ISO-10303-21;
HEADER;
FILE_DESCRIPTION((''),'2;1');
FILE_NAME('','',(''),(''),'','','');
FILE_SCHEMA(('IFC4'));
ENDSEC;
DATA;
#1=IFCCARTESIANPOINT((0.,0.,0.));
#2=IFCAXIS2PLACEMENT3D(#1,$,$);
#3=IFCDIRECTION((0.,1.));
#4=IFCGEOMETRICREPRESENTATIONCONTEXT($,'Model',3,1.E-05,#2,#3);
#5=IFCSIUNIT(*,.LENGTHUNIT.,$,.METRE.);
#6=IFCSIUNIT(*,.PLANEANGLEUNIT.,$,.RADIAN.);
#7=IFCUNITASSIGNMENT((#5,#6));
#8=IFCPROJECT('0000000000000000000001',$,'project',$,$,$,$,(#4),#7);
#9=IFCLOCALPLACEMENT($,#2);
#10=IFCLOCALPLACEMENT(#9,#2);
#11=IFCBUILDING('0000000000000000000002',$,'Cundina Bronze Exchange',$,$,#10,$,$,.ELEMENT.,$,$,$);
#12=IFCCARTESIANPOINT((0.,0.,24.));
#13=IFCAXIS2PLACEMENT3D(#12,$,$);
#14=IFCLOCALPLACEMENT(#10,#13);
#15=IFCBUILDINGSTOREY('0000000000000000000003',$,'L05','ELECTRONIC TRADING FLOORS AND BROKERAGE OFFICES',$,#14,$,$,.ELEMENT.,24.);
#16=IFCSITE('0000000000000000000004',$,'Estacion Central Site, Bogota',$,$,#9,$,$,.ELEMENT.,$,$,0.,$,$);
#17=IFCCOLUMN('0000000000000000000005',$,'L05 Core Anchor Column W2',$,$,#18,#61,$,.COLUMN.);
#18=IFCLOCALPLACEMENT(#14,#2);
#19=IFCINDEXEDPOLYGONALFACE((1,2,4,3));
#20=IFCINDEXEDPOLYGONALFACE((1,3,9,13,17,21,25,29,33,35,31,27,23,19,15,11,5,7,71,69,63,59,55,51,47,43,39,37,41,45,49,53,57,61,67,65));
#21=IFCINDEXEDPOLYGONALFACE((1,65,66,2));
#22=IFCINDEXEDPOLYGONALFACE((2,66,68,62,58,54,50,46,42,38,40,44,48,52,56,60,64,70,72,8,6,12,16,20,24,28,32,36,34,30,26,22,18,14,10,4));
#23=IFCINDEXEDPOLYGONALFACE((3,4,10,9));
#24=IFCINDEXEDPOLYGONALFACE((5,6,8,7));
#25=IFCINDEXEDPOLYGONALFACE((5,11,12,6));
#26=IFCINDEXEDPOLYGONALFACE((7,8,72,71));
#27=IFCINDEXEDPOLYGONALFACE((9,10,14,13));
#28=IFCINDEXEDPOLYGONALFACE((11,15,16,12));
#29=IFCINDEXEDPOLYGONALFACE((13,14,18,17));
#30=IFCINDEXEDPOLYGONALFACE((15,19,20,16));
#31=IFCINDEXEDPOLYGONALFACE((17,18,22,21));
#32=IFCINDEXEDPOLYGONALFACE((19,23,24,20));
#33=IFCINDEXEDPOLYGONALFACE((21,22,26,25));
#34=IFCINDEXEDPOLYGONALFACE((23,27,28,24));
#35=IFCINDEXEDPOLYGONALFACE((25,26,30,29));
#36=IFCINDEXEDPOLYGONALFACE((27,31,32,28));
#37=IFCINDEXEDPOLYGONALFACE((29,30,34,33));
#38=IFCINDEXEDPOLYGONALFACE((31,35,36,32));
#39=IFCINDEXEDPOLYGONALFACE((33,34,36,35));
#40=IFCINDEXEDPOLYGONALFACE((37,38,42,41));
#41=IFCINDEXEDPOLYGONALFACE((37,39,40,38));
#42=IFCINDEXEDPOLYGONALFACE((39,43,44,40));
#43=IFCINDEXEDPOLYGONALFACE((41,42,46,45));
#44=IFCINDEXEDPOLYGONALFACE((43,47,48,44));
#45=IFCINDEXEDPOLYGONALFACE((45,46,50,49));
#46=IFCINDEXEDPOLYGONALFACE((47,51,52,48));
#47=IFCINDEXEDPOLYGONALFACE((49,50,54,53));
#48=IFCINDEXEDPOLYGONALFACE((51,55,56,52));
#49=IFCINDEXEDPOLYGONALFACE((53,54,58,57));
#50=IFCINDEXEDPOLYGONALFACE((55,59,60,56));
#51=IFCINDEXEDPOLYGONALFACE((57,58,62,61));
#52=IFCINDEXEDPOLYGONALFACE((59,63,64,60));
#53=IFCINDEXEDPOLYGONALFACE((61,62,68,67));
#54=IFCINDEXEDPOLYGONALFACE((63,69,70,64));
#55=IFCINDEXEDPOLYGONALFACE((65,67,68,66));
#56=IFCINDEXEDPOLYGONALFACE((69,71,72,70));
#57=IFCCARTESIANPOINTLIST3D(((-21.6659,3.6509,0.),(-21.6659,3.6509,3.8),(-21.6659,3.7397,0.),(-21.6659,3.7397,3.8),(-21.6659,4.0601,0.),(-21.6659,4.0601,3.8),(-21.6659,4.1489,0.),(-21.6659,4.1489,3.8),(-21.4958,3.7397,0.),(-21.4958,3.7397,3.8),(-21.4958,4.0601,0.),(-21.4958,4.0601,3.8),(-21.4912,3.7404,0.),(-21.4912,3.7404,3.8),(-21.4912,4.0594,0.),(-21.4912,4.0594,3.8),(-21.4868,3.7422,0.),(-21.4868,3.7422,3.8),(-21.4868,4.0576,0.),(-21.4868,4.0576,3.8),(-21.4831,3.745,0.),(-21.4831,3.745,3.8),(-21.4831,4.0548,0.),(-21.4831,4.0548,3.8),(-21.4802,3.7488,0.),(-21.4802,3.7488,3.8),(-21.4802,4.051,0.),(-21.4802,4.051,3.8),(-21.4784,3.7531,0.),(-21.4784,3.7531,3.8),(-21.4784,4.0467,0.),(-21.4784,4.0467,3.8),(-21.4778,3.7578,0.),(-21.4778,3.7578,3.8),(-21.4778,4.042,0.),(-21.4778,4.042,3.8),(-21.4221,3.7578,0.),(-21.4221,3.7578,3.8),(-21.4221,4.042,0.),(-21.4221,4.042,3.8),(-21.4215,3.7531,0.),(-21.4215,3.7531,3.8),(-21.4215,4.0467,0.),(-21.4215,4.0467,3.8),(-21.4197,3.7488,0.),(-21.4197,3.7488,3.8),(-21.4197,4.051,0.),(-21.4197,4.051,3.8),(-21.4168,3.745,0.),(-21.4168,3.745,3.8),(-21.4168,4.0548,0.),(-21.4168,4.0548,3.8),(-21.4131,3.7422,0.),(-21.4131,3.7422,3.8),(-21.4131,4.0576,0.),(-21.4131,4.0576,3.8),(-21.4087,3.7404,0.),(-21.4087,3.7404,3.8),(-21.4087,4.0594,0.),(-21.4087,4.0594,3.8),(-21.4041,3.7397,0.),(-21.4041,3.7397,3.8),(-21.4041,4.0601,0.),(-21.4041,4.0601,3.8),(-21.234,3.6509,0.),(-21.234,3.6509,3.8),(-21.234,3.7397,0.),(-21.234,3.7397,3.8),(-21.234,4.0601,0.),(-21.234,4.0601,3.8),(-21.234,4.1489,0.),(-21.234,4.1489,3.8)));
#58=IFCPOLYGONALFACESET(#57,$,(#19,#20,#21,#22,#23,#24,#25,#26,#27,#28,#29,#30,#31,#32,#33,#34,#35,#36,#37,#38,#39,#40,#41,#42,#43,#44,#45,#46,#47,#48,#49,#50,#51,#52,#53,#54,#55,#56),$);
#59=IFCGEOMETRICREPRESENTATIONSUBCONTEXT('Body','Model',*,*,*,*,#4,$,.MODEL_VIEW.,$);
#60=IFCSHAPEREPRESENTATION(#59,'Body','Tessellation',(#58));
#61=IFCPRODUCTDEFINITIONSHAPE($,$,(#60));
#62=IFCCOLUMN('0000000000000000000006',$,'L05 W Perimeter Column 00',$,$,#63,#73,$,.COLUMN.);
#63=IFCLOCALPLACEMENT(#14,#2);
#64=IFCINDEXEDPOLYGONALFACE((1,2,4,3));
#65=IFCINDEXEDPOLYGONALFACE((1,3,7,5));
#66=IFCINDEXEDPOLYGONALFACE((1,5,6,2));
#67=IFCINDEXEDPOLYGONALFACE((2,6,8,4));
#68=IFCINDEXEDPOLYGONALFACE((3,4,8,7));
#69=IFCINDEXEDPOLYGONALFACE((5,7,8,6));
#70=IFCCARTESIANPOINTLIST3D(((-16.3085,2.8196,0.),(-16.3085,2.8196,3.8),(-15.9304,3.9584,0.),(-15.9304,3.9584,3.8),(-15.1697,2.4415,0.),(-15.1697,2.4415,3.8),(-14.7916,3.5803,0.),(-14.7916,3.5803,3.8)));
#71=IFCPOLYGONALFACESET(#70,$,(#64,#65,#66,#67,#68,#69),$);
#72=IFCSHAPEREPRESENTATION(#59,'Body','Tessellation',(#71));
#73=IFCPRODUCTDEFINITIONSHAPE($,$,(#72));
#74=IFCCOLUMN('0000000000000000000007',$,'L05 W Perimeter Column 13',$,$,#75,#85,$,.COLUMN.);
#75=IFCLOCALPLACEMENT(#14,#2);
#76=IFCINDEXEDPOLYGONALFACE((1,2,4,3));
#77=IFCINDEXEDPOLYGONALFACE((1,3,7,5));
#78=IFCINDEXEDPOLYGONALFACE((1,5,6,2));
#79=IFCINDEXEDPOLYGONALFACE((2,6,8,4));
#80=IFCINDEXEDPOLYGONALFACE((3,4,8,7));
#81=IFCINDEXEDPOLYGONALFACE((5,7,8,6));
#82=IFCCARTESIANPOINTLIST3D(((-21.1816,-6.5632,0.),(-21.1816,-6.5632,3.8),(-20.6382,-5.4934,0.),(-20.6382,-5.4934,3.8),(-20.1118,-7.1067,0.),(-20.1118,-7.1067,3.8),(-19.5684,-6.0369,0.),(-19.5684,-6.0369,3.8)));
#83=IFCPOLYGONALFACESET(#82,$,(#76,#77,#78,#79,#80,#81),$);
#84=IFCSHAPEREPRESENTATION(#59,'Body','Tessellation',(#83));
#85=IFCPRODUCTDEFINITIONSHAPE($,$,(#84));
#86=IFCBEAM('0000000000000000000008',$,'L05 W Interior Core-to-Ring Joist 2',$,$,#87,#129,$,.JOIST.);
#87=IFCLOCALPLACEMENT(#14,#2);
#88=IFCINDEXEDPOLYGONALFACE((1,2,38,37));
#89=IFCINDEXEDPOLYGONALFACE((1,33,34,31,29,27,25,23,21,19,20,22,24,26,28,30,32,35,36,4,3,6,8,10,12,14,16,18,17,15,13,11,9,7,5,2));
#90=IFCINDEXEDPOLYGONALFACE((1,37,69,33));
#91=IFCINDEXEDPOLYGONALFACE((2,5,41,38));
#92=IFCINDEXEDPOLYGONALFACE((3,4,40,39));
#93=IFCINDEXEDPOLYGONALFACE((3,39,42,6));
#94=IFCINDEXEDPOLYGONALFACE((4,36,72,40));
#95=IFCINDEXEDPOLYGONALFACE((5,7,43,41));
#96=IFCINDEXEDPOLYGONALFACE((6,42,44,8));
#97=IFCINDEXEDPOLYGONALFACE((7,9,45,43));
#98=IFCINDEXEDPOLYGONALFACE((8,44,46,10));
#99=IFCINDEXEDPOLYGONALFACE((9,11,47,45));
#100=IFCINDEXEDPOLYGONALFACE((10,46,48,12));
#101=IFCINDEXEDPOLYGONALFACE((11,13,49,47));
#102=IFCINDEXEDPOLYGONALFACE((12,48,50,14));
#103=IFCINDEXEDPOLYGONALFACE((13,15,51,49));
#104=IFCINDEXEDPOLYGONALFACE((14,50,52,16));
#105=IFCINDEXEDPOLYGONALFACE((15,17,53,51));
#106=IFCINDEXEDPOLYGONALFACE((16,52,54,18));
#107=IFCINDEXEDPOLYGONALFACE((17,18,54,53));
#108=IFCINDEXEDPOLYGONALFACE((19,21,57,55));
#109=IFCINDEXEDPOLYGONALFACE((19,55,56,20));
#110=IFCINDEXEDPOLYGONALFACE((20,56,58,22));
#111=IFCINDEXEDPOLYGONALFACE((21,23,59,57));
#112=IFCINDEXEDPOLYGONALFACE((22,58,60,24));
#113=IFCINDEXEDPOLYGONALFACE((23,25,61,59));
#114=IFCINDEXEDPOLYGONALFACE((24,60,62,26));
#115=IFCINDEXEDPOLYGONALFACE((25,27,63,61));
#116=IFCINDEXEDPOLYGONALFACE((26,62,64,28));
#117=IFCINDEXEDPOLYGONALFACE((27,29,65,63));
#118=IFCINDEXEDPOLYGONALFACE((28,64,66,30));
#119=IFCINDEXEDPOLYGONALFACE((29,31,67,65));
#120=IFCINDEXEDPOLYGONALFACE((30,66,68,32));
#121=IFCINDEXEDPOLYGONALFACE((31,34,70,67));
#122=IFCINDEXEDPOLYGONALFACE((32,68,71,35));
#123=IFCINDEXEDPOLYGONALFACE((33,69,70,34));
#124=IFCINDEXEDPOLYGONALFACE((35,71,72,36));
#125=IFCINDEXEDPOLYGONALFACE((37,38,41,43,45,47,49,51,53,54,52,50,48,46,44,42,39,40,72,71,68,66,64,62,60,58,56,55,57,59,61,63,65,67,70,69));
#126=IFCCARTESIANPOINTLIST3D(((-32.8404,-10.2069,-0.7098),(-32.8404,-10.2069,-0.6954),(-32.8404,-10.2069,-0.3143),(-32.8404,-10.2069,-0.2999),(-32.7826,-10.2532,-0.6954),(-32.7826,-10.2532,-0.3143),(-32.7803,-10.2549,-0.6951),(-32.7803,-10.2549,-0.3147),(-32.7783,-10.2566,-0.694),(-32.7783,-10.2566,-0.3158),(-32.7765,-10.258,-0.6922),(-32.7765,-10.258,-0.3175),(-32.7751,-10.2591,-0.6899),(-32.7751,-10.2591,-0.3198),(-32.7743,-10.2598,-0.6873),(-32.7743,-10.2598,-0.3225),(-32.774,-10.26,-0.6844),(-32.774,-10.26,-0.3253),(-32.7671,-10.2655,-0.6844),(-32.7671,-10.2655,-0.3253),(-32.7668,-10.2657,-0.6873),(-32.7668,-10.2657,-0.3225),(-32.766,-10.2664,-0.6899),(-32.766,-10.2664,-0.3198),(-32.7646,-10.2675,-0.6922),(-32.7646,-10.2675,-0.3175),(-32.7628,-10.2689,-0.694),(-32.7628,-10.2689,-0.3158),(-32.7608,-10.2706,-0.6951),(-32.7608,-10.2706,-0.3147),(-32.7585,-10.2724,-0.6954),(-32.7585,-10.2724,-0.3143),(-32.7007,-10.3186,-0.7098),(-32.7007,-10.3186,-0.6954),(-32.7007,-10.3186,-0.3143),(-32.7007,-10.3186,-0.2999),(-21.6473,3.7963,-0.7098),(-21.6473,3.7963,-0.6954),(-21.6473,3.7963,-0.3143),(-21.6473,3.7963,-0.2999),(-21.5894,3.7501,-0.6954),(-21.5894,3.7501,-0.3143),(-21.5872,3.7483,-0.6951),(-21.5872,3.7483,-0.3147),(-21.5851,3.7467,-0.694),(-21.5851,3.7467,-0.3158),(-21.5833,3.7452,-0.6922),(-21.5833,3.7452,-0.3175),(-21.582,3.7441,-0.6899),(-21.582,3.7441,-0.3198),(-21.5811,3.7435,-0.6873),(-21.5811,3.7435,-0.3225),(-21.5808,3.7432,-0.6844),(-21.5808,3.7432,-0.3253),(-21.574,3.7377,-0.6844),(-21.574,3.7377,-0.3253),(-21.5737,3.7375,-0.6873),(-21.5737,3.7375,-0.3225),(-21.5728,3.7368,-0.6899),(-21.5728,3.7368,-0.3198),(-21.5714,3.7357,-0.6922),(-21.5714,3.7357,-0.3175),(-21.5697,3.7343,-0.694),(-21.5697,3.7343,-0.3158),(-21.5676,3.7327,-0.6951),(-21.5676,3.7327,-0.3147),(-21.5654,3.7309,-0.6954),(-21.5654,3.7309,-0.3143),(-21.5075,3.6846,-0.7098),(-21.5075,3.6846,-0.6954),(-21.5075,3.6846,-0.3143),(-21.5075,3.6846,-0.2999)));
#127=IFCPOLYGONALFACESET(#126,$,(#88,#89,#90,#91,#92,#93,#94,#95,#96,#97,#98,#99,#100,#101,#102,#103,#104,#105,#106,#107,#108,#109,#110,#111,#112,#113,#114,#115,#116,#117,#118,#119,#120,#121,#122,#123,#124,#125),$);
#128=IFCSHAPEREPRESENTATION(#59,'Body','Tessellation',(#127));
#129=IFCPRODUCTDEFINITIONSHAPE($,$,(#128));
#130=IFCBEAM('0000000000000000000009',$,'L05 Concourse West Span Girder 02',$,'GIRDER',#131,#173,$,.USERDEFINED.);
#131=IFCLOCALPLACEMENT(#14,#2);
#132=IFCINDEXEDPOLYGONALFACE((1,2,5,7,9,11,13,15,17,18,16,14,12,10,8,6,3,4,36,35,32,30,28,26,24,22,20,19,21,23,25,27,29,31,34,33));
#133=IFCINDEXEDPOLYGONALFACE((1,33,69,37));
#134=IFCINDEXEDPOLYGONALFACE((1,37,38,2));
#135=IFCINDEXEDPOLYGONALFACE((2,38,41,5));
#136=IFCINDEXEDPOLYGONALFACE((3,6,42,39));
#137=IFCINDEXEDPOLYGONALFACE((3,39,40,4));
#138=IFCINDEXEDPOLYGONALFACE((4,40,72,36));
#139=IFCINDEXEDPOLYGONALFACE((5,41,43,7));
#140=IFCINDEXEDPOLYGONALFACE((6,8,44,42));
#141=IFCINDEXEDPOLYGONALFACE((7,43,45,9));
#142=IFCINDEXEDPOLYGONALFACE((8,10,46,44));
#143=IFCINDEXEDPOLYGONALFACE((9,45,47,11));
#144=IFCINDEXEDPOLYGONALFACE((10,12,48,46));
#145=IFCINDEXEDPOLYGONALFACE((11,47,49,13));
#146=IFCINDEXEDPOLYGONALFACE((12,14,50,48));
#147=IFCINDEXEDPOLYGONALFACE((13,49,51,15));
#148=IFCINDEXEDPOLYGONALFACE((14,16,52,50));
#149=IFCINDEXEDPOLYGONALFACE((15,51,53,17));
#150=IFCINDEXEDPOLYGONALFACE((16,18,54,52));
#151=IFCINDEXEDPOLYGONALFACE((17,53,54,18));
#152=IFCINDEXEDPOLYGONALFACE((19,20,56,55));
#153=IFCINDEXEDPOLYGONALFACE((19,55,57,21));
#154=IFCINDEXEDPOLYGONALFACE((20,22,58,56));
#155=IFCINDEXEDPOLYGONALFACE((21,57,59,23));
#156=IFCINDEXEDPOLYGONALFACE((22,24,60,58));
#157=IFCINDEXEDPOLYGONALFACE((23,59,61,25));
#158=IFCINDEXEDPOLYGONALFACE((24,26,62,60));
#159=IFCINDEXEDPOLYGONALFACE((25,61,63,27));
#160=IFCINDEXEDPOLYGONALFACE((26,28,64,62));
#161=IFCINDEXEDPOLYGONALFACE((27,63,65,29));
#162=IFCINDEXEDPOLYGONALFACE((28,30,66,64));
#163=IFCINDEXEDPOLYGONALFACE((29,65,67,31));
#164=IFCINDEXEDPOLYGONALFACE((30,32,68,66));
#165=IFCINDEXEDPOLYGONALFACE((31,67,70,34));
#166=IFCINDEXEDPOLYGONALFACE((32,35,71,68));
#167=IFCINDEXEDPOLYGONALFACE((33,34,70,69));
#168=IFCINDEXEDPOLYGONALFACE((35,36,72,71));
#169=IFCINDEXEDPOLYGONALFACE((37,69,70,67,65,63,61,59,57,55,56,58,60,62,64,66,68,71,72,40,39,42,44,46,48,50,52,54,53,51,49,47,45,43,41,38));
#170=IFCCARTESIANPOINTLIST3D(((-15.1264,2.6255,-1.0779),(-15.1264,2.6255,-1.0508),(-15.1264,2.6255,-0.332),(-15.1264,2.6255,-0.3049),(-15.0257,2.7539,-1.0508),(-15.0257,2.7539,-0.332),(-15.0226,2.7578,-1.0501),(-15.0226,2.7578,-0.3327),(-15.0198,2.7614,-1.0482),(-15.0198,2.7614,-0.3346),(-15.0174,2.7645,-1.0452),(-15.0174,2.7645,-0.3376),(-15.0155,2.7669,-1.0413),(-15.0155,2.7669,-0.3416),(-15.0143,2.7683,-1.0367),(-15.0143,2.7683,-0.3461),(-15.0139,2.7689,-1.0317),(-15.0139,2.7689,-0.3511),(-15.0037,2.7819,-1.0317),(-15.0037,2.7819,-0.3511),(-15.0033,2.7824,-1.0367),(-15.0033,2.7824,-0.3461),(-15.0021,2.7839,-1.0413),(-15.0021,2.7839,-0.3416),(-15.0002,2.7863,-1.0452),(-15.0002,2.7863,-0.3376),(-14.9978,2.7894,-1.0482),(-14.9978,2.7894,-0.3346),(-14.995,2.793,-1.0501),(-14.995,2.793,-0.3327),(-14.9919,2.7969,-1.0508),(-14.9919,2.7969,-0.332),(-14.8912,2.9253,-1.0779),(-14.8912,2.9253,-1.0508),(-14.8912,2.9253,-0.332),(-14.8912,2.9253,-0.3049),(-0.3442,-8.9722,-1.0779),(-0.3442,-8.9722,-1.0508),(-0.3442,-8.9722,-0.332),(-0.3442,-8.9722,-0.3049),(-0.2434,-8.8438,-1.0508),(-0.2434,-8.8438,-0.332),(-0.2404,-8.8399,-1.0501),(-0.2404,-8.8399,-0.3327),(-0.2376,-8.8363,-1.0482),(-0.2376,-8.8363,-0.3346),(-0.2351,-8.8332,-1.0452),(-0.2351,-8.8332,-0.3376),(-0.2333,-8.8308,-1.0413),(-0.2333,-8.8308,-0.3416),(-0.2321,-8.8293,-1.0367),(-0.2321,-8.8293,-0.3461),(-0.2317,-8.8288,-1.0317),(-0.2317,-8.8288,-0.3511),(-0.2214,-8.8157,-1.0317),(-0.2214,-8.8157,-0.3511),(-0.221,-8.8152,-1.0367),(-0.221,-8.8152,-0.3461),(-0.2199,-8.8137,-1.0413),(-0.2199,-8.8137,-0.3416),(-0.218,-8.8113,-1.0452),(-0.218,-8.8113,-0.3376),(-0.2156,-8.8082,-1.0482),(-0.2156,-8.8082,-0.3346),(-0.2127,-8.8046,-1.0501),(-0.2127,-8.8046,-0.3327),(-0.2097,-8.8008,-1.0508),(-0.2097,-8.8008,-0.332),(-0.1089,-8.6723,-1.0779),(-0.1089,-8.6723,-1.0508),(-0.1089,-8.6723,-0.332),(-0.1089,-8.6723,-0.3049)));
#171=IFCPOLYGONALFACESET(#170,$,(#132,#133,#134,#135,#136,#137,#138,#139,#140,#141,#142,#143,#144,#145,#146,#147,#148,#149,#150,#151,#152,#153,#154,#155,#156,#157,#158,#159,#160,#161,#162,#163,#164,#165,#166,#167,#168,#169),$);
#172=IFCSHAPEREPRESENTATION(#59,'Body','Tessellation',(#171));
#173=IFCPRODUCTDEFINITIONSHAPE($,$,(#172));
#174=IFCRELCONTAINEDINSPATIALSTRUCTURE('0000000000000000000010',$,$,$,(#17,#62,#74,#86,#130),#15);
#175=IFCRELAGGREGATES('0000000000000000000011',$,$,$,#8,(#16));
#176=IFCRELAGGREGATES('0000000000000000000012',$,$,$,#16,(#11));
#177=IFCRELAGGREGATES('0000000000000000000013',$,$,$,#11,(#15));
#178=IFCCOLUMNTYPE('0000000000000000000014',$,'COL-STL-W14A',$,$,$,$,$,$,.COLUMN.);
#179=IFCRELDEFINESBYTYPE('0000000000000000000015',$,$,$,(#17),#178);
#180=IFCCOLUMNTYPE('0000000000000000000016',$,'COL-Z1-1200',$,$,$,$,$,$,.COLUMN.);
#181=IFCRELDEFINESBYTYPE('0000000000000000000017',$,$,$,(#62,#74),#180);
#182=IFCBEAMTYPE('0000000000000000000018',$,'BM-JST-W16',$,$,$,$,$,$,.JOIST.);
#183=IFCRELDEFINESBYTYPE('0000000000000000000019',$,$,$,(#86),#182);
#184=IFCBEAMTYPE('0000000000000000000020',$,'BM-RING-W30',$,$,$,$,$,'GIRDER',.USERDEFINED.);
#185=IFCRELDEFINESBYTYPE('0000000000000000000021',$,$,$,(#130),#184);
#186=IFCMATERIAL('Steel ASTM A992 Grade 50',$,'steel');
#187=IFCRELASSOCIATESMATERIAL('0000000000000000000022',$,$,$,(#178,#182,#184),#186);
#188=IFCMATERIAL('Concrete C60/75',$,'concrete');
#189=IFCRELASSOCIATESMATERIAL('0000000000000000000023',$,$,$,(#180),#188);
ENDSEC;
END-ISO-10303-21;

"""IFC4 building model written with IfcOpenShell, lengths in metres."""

from ifc_helpers import new_model, si_unit, direction, frame, origin, origin_2d, place, context, subcontext, project, spatial, rectangle, i_section, extrude, material, material_profile, profile_set, type_object, element, save


model = new_model("IFC4")

# Units and contexts
model_context = context("Model", 3, precision=1e-05, world=origin(), true_north=direction((0.0, 1.0)))
body_context = subcontext(model_context, "Body", "Model", "MODEL_VIEW")
ifc_project = project(units=[si_unit("LENGTHUNIT", "METRE"), si_unit("PLANEANGLEUNIT", "RADIAN")], contexts=[model_context])

# Site, building, storey
site_placement = place(None, origin())
site = spatial("IfcSite", under=ifc_project, at=site_placement, Name="Estacion Central Site, Bogota", CompositionType="ELEMENT", RefElevation=0.0)
building_placement = place(site_placement, origin())
building = spatial("IfcBuilding", under=site, at=building_placement, Name="Cundina Bronze Exchange", CompositionType="ELEMENT")
storey_placement = place(building_placement, frame((0.0, 0.0, 24.0)))
storey = spatial("IfcBuildingStorey", under=building, at=storey_placement, Name="L05", Description="ELECTRONIC TRADING FLOORS AND BROKERAGE OFFICES", CompositionType="ELEMENT", Elevation=24.0)

# Columns
ifc_material_1 = material(Name="Steel ASTM A992 Grade 50", Category="steel")
ifc_material_profile_1 = material_profile(ifc_material_1, i_section(OverallWidth=0.4319, OverallDepth=0.498, WebThickness=0.0557, FlangeThickness=0.0889, FilletRadius=0.0181, at=origin_2d()), Name="W14X500", Category="steel")
ifc_profile_set_1 = profile_set([ifc_material_profile_1], Name="Steel ASTM A992 Grade 50")
column_type_1 = type_object("IfcColumnType", Name="COL-STL-W14A", PredefinedType="COLUMN", material=ifc_profile_set_1)
column_placement = place(storey_placement, frame((-21.45, 3.8999, 0.0), z_axis=(0.0, 0.0, 1.0), x_axis=(1.0, 0.0, 0.0)))
element("IfcColumn", 1, at=column_placement, inside=storey, type_object=column_type_1, Name="L05 Core Anchor Column W2", PredefinedType="COLUMN", context=body_context, shape_type="SweptSolid", body=[
    extrude(i_section(OverallWidth=0.4319, OverallDepth=0.498, WebThickness=0.0557, FlangeThickness=0.0889, FilletRadius=0.0181, at=origin_2d()), origin(), (0.0, 0.0, 1.0), 3.8),
])
ifc_material_2 = material(Name="Concrete C60/75", Category="concrete")
ifc_material_profile_2 = material_profile(ifc_material_2, rectangle(XDim=1.2, YDim=1.2, at=origin_2d()), Name="RC1200X1200", Category="concrete")
ifc_profile_set_2 = profile_set([ifc_material_profile_2], Name="Concrete C60/75")
column_type_2 = type_object("IfcColumnType", Name="COL-Z1-1200", PredefinedType="COLUMN", material=ifc_profile_set_2)
for number, where, z_axis, x_axis, name in (
    (2, (-15.55, 3.2, 0.0), (0.0, 0.0, 1.0), (0.315152, 0.949041, 0.0), "L05 W Perimeter Column 00"),
    (3, (-20.375, -6.3, 0.0), (0.0, 0.0, 1.0), (0.452902, 0.891561, 0.0), "L05 W Perimeter Column 13"),
):
    element("IfcColumn", number, at=place(storey_placement, frame(where, z_axis=z_axis, x_axis=x_axis)), inside=storey, type_object=column_type_2, Name=name, PredefinedType="COLUMN", context=body_context, shape_type="SweptSolid", body=[
        extrude(rectangle(XDim=1.2, YDim=1.2, at=origin_2d()), origin(), (0.0, 0.0, 1.0), 3.8),
    ])

# Beams
ifc_material_profile_3 = material_profile(ifc_material_1, i_section(OverallWidth=0.179, OverallDepth=0.4099, WebThickness=0.0088, FlangeThickness=0.0144, FilletRadius=0.011, at=origin_2d()), Name="W16X45", Category="steel")
ifc_profile_set_3 = profile_set([ifc_material_profile_3], Name="Steel ASTM A992 Grade 50")
beam_type_1 = type_object("IfcBeamType", Name="BM-JST-W16", PredefinedType="JOIST", material=ifc_profile_set_3)
beam_1_placement = place(storey_placement, frame((-21.5774, 3.7405, -0.5049), z_axis=(-0.624374, -0.781125, 0.0), x_axis=(0.781125, -0.624374, 0.0)))
element("IfcBeam", 4, at=beam_1_placement, inside=storey, type_object=beam_type_1, Name="L05 W Interior Core-to-Ring Joist 2", PredefinedType="JOIST", context=body_context, shape_type="SweptSolid", body=[
    extrude(i_section(OverallWidth=0.179, OverallDepth=0.4099, WebThickness=0.0088, FlangeThickness=0.0144, FilletRadius=0.011, at=origin_2d()), origin(), (0.0, 0.0, 1.0), 17.927),
])
ifc_material_profile_4 = material_profile(ifc_material_1, i_section(OverallWidth=0.3811, OverallDepth=0.7729, WebThickness=0.0166, FlangeThickness=0.0271, FilletRadius=0.019, at=origin_2d()), Name="W30X173", Category="steel")
ifc_profile_set_4 = profile_set([ifc_material_profile_4], Name="Steel ASTM A992 Grade 50")
beam_type_2 = type_object("IfcBeamType", Name="BM-RING-W30", ElementType="GIRDER", PredefinedType="USERDEFINED", material=ifc_profile_set_4)
beam_2_placement = place(storey_placement, frame((-15.0088, 2.7754, -0.6914), z_axis=(0.786756, -0.617264, 0.0), x_axis=(0.617264, 0.786756, 0.0)))
element("IfcBeam", 5, at=beam_2_placement, inside=storey, type_object=beam_type_2, Name="L05 Concourse West Span Girder 02", ObjectType="GIRDER", PredefinedType="USERDEFINED", context=body_context, shape_type="SweptSolid", body=[
    extrude(i_section(OverallWidth=0.3811, OverallDepth=0.7729, WebThickness=0.0166, FlangeThickness=0.0271, FilletRadius=0.019, at=origin_2d()), origin(), (0.0, 0.0, 1.0), 18.7888),
])

save(model, "model.ifc")
